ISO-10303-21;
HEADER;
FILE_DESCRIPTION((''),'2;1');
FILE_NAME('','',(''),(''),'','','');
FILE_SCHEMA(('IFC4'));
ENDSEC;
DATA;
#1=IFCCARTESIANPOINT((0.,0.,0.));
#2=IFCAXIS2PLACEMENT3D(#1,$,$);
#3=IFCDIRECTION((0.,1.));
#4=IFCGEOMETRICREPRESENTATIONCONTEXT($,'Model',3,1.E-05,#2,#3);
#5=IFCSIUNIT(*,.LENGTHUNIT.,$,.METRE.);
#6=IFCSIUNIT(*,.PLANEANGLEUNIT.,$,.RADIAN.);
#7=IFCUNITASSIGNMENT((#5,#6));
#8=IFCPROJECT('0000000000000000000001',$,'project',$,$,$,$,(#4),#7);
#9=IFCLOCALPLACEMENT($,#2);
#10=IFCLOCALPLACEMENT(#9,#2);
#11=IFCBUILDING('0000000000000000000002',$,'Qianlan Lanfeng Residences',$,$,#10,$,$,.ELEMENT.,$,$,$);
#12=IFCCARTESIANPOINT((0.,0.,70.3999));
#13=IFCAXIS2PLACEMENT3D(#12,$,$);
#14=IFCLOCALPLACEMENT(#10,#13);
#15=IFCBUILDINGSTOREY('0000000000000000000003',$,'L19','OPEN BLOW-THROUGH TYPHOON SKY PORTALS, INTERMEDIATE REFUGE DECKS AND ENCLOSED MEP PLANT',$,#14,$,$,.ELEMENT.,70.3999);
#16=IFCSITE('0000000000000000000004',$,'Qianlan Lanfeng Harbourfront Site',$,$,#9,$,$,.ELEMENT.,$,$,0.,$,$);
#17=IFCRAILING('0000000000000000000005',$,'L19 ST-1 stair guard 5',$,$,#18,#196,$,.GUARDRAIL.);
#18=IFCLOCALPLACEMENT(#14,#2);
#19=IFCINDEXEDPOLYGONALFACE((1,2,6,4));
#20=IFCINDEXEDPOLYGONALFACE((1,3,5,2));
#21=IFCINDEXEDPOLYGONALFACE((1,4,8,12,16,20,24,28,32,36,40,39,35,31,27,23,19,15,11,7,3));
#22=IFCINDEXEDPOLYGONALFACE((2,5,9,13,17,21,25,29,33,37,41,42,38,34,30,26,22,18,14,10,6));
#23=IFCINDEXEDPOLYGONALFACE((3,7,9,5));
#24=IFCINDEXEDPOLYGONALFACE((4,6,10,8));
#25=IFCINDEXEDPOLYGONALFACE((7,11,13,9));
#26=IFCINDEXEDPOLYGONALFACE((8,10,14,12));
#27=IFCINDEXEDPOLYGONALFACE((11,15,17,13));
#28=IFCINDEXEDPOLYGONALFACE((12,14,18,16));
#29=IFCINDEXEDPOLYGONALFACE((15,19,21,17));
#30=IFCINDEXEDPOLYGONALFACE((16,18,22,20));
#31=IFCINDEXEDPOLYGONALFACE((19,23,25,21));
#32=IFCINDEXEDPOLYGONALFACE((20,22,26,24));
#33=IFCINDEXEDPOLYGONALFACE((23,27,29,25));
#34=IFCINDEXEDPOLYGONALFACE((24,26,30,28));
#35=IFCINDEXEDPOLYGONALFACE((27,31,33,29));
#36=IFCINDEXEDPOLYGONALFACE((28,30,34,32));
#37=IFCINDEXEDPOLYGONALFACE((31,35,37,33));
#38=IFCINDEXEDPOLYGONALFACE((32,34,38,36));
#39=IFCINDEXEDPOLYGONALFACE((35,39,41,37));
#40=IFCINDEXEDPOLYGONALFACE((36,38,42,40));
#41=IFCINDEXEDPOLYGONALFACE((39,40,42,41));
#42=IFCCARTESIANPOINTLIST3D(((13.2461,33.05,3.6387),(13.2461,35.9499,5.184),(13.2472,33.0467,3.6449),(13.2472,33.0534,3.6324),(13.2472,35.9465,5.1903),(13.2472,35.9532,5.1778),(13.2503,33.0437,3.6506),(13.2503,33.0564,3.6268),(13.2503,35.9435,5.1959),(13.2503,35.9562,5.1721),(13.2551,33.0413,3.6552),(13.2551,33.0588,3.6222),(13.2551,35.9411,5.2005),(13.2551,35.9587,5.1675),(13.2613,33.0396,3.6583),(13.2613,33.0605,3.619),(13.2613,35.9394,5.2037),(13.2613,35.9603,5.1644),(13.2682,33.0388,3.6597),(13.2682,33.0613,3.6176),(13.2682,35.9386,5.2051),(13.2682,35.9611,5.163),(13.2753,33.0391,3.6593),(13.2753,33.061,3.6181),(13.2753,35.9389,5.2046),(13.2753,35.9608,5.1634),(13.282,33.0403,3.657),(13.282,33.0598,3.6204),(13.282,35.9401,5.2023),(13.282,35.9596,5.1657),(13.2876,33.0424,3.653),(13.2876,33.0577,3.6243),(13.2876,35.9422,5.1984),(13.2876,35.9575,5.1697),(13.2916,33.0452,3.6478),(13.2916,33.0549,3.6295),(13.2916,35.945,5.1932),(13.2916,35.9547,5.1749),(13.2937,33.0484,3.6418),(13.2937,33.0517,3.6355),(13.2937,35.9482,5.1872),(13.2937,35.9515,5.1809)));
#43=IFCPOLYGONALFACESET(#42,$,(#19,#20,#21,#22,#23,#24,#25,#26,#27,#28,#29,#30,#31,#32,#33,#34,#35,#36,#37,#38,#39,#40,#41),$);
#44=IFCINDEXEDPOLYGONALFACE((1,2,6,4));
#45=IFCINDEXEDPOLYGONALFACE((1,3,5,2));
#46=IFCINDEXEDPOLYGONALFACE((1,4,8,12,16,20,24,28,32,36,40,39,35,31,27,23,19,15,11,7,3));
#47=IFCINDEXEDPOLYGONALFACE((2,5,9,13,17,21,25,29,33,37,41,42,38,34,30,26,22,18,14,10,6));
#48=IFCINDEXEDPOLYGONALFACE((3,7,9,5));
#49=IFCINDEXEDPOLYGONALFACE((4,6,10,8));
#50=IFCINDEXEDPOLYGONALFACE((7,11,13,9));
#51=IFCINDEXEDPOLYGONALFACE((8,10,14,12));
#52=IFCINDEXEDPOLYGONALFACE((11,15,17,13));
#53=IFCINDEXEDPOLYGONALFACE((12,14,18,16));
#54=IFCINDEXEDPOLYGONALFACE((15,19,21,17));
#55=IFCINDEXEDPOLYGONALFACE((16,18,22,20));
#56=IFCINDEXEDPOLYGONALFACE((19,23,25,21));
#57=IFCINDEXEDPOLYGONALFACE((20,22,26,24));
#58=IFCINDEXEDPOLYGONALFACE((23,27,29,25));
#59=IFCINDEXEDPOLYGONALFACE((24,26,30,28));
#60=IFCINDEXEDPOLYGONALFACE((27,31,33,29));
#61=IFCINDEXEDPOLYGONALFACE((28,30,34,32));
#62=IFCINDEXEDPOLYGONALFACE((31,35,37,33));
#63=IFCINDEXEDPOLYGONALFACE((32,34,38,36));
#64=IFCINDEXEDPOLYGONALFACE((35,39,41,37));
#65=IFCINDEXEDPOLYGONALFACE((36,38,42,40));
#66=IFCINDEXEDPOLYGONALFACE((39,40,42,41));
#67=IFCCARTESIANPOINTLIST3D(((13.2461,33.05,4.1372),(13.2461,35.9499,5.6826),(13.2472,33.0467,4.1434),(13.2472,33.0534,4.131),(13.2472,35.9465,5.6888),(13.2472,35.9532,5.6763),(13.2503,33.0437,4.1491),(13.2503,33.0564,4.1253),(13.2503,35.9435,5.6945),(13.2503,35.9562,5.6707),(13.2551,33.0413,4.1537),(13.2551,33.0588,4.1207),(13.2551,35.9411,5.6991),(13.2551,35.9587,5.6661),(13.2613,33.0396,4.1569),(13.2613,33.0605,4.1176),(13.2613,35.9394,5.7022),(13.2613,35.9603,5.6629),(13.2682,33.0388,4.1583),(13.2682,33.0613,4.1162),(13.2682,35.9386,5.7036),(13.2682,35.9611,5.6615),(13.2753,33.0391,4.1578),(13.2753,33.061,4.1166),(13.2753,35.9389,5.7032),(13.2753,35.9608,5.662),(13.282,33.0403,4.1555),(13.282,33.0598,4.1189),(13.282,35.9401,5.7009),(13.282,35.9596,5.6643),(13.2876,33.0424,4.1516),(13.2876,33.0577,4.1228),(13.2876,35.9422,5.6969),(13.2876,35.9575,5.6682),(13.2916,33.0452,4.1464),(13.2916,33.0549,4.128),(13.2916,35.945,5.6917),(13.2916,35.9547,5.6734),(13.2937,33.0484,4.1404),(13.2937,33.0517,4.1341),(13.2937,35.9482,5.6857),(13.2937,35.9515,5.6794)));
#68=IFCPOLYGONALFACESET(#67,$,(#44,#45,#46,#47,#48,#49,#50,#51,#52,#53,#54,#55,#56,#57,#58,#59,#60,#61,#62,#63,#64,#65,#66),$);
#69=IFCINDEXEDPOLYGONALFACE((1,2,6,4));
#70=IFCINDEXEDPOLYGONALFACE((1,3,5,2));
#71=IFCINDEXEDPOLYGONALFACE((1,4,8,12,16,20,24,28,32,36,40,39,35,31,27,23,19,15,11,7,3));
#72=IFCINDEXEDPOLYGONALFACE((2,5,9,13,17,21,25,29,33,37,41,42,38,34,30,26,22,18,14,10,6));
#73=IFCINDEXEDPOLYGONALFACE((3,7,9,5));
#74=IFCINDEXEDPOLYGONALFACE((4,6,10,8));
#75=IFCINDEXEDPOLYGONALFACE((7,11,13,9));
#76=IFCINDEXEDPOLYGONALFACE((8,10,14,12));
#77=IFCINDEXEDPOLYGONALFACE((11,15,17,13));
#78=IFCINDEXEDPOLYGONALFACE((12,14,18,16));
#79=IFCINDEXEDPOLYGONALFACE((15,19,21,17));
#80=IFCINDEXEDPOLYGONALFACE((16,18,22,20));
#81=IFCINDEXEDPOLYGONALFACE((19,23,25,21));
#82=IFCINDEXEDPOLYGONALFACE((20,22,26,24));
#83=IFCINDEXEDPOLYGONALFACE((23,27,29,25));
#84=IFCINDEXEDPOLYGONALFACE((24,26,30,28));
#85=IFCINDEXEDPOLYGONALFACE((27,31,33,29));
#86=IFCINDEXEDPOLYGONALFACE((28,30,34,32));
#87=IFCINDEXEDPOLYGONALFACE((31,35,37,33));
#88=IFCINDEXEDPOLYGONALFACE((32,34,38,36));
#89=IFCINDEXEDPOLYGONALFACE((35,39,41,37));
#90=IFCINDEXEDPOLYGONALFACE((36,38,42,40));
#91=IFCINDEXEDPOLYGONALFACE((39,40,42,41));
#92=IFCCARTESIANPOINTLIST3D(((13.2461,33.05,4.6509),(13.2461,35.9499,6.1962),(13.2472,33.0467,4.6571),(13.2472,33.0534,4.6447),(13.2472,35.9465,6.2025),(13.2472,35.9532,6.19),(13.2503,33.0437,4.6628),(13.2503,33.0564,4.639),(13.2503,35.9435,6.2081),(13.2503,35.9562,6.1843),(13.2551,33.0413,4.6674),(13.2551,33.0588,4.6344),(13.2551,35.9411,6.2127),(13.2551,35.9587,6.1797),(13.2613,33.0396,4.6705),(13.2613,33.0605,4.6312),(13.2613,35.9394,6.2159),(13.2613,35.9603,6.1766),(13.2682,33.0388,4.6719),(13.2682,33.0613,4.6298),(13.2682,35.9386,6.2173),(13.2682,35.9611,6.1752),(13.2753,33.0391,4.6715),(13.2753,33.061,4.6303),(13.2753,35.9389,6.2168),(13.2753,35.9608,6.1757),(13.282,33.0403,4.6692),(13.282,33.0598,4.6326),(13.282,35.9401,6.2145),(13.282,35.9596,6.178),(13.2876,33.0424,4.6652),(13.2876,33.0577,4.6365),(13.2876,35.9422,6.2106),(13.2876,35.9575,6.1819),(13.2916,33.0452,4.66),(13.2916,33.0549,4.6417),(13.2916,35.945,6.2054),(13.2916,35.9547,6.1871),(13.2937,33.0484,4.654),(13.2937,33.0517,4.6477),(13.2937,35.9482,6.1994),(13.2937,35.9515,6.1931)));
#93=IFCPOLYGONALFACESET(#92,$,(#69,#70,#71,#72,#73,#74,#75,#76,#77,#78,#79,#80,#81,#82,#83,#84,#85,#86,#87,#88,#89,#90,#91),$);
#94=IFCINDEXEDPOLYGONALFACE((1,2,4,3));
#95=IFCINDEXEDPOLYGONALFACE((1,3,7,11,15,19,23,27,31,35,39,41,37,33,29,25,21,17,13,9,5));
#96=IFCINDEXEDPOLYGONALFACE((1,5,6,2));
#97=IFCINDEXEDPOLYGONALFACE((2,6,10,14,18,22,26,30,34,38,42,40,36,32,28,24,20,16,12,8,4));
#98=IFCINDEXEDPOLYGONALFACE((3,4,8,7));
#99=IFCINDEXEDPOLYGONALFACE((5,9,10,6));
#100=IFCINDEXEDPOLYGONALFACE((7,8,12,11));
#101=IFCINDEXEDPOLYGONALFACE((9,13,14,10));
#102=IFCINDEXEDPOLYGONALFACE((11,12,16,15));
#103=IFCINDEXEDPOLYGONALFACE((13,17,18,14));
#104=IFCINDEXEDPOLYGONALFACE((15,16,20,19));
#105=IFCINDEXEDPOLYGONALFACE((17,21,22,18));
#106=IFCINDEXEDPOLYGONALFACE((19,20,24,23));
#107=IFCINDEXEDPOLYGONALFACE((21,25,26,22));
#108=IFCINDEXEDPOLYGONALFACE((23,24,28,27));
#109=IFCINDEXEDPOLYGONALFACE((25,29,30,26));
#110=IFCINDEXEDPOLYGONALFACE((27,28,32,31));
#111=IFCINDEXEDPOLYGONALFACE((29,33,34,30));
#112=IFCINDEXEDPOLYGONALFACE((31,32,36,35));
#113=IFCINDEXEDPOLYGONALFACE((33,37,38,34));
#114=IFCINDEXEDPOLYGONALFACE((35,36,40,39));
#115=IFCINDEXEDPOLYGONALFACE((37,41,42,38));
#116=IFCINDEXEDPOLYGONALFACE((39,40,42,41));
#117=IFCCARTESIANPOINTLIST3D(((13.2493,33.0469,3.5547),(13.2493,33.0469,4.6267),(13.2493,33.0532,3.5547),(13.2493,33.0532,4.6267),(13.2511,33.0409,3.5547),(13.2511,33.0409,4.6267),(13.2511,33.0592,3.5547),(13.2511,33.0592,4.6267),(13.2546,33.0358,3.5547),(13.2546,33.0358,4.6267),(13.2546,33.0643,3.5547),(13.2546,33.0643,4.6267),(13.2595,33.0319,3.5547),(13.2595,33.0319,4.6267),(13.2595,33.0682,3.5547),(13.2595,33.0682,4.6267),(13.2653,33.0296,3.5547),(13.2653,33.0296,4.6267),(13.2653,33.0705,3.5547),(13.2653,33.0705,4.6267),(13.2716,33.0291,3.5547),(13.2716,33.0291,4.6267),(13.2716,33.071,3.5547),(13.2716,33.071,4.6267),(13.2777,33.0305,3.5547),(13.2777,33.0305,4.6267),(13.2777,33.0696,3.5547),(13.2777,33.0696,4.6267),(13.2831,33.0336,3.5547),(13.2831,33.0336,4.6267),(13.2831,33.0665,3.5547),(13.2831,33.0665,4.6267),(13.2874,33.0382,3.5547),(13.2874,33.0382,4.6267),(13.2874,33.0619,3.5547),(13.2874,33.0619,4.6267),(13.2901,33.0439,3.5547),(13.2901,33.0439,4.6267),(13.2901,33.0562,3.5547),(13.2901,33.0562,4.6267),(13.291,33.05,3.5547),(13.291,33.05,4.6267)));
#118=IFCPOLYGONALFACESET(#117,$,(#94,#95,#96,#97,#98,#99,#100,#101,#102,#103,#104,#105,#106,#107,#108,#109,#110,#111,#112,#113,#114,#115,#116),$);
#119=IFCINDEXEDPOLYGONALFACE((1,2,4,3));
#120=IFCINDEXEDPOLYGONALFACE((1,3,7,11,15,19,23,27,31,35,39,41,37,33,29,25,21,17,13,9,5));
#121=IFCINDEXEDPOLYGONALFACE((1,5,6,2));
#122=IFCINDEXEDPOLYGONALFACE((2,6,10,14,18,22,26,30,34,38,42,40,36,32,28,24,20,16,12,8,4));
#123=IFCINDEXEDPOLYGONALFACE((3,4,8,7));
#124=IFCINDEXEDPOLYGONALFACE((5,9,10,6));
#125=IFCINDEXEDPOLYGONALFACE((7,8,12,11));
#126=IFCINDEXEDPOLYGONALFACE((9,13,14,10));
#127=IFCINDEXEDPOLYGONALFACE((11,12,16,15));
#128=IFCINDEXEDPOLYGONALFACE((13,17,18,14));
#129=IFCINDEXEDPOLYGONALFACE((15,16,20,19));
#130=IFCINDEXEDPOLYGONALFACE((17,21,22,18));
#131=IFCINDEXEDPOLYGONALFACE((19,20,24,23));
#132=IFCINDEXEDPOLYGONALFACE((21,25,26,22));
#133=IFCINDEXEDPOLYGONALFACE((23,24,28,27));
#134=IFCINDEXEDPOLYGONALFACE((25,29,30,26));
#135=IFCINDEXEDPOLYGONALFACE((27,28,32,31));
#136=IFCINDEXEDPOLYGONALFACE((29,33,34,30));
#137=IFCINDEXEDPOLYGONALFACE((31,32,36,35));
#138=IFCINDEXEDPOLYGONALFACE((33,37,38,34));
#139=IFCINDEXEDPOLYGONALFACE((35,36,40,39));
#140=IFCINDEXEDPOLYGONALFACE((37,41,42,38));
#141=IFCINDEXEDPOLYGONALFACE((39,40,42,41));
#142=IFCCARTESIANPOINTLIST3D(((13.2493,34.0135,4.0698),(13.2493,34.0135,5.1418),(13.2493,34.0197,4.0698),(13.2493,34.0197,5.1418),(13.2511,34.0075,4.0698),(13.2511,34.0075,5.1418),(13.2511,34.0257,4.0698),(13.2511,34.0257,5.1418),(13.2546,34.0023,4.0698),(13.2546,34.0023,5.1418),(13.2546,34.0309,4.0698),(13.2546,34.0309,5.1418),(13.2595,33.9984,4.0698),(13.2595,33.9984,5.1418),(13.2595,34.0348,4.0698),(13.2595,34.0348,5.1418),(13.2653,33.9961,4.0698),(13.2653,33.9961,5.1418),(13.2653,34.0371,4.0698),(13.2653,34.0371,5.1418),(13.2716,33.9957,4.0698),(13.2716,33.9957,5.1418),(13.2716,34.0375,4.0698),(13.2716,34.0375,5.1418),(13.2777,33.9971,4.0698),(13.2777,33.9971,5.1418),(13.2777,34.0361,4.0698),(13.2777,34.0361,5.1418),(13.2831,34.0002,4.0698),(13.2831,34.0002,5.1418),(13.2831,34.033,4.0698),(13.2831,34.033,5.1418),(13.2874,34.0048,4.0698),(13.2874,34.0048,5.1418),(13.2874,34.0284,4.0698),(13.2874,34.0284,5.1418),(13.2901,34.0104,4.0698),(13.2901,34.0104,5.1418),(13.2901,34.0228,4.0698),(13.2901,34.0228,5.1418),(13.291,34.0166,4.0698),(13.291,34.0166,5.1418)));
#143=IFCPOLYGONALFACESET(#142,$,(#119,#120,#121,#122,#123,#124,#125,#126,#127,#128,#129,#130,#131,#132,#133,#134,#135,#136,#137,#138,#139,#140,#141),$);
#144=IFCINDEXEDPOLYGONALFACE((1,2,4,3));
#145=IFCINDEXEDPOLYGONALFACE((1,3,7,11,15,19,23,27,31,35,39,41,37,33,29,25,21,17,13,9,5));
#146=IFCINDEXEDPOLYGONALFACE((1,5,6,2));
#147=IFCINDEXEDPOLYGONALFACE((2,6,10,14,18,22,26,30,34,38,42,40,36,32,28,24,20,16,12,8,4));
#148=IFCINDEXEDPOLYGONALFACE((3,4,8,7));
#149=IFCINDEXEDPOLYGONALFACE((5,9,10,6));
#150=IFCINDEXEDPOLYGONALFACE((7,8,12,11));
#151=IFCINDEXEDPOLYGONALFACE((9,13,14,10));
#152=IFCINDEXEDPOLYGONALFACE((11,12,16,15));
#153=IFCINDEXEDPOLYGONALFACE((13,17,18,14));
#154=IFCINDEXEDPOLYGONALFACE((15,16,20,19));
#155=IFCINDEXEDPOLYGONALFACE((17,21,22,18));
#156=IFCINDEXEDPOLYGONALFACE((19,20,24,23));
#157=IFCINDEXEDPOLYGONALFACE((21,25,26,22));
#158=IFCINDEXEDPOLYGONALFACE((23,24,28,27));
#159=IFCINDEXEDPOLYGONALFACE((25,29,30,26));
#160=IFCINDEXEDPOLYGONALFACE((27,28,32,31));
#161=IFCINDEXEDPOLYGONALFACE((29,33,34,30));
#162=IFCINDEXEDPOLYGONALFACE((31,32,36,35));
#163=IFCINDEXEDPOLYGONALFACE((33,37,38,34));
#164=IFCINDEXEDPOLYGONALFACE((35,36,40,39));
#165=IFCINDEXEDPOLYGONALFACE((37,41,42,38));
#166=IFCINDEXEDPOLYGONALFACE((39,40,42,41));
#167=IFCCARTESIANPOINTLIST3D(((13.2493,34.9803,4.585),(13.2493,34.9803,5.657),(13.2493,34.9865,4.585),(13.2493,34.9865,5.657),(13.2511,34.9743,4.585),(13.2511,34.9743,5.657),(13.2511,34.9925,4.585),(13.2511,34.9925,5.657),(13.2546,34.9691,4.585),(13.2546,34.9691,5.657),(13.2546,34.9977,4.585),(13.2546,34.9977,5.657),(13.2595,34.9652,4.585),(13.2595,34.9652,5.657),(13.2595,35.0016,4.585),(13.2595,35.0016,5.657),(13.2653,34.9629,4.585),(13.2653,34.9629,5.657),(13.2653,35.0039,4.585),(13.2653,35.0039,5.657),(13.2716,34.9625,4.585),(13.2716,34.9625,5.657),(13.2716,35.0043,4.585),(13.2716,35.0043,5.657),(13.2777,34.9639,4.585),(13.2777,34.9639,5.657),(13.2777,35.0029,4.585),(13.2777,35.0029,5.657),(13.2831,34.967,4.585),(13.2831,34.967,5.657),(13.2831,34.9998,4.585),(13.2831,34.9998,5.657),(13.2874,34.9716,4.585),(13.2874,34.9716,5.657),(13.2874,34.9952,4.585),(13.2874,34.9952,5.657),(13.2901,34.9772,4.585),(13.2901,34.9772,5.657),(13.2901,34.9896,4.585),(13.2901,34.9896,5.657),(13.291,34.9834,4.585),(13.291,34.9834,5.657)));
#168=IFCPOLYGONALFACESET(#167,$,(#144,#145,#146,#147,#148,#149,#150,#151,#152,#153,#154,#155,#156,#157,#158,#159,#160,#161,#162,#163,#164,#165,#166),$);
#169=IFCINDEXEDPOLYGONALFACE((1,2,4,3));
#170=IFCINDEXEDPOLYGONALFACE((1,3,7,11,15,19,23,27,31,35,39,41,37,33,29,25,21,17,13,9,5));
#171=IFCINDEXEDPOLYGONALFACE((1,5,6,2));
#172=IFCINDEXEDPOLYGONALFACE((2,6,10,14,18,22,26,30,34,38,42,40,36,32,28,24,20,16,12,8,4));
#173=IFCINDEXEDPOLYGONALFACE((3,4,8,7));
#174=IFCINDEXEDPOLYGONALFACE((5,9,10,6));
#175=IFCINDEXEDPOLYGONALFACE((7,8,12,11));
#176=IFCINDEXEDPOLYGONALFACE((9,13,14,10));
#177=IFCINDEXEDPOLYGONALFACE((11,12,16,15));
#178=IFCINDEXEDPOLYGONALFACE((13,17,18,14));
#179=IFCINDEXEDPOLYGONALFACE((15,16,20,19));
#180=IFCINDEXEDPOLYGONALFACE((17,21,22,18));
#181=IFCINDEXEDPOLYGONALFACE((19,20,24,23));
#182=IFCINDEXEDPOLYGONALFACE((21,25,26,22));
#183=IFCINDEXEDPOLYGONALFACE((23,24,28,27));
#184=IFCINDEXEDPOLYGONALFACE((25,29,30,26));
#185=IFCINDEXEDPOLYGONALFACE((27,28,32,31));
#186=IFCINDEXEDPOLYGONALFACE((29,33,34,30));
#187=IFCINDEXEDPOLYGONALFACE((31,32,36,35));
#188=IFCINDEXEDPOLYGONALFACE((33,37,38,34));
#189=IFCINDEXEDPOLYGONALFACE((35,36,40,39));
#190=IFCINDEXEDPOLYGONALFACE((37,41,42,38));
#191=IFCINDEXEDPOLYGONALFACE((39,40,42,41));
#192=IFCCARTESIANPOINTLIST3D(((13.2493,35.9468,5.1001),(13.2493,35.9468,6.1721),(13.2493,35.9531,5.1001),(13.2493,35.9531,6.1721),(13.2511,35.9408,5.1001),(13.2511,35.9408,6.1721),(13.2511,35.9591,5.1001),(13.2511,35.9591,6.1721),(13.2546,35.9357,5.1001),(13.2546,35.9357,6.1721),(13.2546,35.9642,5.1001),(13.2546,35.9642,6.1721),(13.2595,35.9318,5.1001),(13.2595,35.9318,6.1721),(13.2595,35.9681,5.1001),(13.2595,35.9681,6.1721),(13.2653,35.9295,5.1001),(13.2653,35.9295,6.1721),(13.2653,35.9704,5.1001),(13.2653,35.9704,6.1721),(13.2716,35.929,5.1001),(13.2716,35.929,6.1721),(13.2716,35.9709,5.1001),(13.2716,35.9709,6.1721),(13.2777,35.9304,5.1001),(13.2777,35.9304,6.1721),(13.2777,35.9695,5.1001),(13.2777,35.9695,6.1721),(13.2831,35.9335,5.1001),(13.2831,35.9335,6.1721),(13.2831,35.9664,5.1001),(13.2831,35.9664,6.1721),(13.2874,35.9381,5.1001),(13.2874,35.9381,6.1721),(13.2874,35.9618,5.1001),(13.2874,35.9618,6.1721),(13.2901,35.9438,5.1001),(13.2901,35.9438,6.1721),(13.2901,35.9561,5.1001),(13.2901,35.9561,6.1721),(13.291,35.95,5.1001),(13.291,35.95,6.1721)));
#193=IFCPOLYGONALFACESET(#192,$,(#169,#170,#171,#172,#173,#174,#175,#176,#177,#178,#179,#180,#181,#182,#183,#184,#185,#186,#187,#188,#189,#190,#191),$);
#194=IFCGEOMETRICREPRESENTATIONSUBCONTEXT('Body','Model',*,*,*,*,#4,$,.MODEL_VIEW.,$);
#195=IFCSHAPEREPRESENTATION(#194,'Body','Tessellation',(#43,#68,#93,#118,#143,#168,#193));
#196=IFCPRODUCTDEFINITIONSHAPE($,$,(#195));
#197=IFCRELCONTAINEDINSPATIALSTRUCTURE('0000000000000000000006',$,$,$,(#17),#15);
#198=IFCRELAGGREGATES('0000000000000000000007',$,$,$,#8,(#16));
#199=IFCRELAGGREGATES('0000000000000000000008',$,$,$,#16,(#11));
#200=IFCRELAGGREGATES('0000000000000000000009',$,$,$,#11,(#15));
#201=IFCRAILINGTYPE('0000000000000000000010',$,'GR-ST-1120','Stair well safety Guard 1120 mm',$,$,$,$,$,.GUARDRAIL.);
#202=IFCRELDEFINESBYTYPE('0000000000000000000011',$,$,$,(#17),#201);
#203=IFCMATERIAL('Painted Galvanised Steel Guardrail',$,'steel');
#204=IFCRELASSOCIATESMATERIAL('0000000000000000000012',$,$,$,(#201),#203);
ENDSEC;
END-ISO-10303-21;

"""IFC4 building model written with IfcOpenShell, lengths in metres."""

from ifc_helpers import new_model, si_unit, direction, frame, origin, origin_2d, place, context, subcontext, project, spatial, circle, extrude, material, type_object, element, save


model = new_model("IFC4")

# Units and contexts
model_context = context("Model", 3, precision=1e-05, world=origin(), true_north=direction((0.0, 1.0)))
body_context = subcontext(model_context, "Body", "Model", "MODEL_VIEW")
ifc_project = project(units=[si_unit("LENGTHUNIT", "METRE"), si_unit("PLANEANGLEUNIT", "RADIAN")], contexts=[model_context])

# Site, building, storey
site_placement = place(None, origin())
site = spatial("IfcSite", under=ifc_project, at=site_placement, Name="Qianlan Lanfeng Harbourfront Site", CompositionType="ELEMENT", RefElevation=0.0)
building_placement = place(site_placement, origin())
building = spatial("IfcBuilding", under=site, at=building_placement, Name="Qianlan Lanfeng Residences", CompositionType="ELEMENT")
storey_placement = place(building_placement, frame((0.0, 0.0, 70.3999)))
storey = spatial("IfcBuildingStorey", under=building, at=storey_placement, Name="L19", Description="OPEN BLOW-THROUGH TYPHOON SKY PORTALS, INTERMEDIATE REFUGE DECKS AND ENCLOSED MEP PLANT", CompositionType="ELEMENT", Elevation=70.3999)

# Railing
ifc_material_1 = material(Name="Painted Galvanised Steel Guardrail", Category="steel")
railing_type_1 = type_object("IfcRailingType", Name="GR-ST-1120", Description="Stair well safety Guard 1120 mm", PredefinedType="GUARDRAIL", material=ifc_material_1)
railing_1_placement = place(storey_placement, frame((13.27, 33.05, 3.5547)))
element("IfcRailing", 1, at=railing_1_placement, inside=storey, type_object=railing_type_1, Name="L19 ST-1 stair guard 5", PredefinedType="GUARDRAIL", context=body_context, shape_type="SweptSolid", body=[
    extrude(circle(Radius=0.0239, at=origin_2d()), frame((0.0, 0.0, 0.084), z_axis=(0.0, 0.882505, 0.470303), x_axis=(-1.0, 0.0, 0.0)), (0.0, 0.0, 1.0), 3.2859),
    extrude(circle(Radius=0.0239, at=origin_2d()), frame((0.0, 0.0, 0.5825), z_axis=(0.0, 0.882505, 0.470303), x_axis=(-1.0, 0.0, 0.0)), (0.0, 0.0, 1.0), 3.2859),
    extrude(circle(Radius=0.0239, at=origin_2d()), frame((0.0, 0.0, 1.0962), z_axis=(0.0, 0.882505, 0.470303), x_axis=(-1.0, 0.0, 0.0)), (0.0, 0.0, 1.0), 3.2859),
    extrude(circle(Radius=0.021, at=origin_2d()), origin(), (0.0, 0.0, 1.0), 1.072),
    extrude(circle(Radius=0.021, at=origin_2d()), frame((0.0, 0.9666, 0.5151)), (0.0, 0.0, 1.0), 1.072),
    extrude(circle(Radius=0.021, at=origin_2d()), frame((0.0, 1.9333, 1.0303)), (0.0, 0.0, 1.0), 1.072),
    extrude(circle(Radius=0.021, at=origin_2d()), frame((0.0, 2.8999, 1.5454)), (0.0, 0.0, 1.0), 1.072),
])

save(model, "model.ifc")
